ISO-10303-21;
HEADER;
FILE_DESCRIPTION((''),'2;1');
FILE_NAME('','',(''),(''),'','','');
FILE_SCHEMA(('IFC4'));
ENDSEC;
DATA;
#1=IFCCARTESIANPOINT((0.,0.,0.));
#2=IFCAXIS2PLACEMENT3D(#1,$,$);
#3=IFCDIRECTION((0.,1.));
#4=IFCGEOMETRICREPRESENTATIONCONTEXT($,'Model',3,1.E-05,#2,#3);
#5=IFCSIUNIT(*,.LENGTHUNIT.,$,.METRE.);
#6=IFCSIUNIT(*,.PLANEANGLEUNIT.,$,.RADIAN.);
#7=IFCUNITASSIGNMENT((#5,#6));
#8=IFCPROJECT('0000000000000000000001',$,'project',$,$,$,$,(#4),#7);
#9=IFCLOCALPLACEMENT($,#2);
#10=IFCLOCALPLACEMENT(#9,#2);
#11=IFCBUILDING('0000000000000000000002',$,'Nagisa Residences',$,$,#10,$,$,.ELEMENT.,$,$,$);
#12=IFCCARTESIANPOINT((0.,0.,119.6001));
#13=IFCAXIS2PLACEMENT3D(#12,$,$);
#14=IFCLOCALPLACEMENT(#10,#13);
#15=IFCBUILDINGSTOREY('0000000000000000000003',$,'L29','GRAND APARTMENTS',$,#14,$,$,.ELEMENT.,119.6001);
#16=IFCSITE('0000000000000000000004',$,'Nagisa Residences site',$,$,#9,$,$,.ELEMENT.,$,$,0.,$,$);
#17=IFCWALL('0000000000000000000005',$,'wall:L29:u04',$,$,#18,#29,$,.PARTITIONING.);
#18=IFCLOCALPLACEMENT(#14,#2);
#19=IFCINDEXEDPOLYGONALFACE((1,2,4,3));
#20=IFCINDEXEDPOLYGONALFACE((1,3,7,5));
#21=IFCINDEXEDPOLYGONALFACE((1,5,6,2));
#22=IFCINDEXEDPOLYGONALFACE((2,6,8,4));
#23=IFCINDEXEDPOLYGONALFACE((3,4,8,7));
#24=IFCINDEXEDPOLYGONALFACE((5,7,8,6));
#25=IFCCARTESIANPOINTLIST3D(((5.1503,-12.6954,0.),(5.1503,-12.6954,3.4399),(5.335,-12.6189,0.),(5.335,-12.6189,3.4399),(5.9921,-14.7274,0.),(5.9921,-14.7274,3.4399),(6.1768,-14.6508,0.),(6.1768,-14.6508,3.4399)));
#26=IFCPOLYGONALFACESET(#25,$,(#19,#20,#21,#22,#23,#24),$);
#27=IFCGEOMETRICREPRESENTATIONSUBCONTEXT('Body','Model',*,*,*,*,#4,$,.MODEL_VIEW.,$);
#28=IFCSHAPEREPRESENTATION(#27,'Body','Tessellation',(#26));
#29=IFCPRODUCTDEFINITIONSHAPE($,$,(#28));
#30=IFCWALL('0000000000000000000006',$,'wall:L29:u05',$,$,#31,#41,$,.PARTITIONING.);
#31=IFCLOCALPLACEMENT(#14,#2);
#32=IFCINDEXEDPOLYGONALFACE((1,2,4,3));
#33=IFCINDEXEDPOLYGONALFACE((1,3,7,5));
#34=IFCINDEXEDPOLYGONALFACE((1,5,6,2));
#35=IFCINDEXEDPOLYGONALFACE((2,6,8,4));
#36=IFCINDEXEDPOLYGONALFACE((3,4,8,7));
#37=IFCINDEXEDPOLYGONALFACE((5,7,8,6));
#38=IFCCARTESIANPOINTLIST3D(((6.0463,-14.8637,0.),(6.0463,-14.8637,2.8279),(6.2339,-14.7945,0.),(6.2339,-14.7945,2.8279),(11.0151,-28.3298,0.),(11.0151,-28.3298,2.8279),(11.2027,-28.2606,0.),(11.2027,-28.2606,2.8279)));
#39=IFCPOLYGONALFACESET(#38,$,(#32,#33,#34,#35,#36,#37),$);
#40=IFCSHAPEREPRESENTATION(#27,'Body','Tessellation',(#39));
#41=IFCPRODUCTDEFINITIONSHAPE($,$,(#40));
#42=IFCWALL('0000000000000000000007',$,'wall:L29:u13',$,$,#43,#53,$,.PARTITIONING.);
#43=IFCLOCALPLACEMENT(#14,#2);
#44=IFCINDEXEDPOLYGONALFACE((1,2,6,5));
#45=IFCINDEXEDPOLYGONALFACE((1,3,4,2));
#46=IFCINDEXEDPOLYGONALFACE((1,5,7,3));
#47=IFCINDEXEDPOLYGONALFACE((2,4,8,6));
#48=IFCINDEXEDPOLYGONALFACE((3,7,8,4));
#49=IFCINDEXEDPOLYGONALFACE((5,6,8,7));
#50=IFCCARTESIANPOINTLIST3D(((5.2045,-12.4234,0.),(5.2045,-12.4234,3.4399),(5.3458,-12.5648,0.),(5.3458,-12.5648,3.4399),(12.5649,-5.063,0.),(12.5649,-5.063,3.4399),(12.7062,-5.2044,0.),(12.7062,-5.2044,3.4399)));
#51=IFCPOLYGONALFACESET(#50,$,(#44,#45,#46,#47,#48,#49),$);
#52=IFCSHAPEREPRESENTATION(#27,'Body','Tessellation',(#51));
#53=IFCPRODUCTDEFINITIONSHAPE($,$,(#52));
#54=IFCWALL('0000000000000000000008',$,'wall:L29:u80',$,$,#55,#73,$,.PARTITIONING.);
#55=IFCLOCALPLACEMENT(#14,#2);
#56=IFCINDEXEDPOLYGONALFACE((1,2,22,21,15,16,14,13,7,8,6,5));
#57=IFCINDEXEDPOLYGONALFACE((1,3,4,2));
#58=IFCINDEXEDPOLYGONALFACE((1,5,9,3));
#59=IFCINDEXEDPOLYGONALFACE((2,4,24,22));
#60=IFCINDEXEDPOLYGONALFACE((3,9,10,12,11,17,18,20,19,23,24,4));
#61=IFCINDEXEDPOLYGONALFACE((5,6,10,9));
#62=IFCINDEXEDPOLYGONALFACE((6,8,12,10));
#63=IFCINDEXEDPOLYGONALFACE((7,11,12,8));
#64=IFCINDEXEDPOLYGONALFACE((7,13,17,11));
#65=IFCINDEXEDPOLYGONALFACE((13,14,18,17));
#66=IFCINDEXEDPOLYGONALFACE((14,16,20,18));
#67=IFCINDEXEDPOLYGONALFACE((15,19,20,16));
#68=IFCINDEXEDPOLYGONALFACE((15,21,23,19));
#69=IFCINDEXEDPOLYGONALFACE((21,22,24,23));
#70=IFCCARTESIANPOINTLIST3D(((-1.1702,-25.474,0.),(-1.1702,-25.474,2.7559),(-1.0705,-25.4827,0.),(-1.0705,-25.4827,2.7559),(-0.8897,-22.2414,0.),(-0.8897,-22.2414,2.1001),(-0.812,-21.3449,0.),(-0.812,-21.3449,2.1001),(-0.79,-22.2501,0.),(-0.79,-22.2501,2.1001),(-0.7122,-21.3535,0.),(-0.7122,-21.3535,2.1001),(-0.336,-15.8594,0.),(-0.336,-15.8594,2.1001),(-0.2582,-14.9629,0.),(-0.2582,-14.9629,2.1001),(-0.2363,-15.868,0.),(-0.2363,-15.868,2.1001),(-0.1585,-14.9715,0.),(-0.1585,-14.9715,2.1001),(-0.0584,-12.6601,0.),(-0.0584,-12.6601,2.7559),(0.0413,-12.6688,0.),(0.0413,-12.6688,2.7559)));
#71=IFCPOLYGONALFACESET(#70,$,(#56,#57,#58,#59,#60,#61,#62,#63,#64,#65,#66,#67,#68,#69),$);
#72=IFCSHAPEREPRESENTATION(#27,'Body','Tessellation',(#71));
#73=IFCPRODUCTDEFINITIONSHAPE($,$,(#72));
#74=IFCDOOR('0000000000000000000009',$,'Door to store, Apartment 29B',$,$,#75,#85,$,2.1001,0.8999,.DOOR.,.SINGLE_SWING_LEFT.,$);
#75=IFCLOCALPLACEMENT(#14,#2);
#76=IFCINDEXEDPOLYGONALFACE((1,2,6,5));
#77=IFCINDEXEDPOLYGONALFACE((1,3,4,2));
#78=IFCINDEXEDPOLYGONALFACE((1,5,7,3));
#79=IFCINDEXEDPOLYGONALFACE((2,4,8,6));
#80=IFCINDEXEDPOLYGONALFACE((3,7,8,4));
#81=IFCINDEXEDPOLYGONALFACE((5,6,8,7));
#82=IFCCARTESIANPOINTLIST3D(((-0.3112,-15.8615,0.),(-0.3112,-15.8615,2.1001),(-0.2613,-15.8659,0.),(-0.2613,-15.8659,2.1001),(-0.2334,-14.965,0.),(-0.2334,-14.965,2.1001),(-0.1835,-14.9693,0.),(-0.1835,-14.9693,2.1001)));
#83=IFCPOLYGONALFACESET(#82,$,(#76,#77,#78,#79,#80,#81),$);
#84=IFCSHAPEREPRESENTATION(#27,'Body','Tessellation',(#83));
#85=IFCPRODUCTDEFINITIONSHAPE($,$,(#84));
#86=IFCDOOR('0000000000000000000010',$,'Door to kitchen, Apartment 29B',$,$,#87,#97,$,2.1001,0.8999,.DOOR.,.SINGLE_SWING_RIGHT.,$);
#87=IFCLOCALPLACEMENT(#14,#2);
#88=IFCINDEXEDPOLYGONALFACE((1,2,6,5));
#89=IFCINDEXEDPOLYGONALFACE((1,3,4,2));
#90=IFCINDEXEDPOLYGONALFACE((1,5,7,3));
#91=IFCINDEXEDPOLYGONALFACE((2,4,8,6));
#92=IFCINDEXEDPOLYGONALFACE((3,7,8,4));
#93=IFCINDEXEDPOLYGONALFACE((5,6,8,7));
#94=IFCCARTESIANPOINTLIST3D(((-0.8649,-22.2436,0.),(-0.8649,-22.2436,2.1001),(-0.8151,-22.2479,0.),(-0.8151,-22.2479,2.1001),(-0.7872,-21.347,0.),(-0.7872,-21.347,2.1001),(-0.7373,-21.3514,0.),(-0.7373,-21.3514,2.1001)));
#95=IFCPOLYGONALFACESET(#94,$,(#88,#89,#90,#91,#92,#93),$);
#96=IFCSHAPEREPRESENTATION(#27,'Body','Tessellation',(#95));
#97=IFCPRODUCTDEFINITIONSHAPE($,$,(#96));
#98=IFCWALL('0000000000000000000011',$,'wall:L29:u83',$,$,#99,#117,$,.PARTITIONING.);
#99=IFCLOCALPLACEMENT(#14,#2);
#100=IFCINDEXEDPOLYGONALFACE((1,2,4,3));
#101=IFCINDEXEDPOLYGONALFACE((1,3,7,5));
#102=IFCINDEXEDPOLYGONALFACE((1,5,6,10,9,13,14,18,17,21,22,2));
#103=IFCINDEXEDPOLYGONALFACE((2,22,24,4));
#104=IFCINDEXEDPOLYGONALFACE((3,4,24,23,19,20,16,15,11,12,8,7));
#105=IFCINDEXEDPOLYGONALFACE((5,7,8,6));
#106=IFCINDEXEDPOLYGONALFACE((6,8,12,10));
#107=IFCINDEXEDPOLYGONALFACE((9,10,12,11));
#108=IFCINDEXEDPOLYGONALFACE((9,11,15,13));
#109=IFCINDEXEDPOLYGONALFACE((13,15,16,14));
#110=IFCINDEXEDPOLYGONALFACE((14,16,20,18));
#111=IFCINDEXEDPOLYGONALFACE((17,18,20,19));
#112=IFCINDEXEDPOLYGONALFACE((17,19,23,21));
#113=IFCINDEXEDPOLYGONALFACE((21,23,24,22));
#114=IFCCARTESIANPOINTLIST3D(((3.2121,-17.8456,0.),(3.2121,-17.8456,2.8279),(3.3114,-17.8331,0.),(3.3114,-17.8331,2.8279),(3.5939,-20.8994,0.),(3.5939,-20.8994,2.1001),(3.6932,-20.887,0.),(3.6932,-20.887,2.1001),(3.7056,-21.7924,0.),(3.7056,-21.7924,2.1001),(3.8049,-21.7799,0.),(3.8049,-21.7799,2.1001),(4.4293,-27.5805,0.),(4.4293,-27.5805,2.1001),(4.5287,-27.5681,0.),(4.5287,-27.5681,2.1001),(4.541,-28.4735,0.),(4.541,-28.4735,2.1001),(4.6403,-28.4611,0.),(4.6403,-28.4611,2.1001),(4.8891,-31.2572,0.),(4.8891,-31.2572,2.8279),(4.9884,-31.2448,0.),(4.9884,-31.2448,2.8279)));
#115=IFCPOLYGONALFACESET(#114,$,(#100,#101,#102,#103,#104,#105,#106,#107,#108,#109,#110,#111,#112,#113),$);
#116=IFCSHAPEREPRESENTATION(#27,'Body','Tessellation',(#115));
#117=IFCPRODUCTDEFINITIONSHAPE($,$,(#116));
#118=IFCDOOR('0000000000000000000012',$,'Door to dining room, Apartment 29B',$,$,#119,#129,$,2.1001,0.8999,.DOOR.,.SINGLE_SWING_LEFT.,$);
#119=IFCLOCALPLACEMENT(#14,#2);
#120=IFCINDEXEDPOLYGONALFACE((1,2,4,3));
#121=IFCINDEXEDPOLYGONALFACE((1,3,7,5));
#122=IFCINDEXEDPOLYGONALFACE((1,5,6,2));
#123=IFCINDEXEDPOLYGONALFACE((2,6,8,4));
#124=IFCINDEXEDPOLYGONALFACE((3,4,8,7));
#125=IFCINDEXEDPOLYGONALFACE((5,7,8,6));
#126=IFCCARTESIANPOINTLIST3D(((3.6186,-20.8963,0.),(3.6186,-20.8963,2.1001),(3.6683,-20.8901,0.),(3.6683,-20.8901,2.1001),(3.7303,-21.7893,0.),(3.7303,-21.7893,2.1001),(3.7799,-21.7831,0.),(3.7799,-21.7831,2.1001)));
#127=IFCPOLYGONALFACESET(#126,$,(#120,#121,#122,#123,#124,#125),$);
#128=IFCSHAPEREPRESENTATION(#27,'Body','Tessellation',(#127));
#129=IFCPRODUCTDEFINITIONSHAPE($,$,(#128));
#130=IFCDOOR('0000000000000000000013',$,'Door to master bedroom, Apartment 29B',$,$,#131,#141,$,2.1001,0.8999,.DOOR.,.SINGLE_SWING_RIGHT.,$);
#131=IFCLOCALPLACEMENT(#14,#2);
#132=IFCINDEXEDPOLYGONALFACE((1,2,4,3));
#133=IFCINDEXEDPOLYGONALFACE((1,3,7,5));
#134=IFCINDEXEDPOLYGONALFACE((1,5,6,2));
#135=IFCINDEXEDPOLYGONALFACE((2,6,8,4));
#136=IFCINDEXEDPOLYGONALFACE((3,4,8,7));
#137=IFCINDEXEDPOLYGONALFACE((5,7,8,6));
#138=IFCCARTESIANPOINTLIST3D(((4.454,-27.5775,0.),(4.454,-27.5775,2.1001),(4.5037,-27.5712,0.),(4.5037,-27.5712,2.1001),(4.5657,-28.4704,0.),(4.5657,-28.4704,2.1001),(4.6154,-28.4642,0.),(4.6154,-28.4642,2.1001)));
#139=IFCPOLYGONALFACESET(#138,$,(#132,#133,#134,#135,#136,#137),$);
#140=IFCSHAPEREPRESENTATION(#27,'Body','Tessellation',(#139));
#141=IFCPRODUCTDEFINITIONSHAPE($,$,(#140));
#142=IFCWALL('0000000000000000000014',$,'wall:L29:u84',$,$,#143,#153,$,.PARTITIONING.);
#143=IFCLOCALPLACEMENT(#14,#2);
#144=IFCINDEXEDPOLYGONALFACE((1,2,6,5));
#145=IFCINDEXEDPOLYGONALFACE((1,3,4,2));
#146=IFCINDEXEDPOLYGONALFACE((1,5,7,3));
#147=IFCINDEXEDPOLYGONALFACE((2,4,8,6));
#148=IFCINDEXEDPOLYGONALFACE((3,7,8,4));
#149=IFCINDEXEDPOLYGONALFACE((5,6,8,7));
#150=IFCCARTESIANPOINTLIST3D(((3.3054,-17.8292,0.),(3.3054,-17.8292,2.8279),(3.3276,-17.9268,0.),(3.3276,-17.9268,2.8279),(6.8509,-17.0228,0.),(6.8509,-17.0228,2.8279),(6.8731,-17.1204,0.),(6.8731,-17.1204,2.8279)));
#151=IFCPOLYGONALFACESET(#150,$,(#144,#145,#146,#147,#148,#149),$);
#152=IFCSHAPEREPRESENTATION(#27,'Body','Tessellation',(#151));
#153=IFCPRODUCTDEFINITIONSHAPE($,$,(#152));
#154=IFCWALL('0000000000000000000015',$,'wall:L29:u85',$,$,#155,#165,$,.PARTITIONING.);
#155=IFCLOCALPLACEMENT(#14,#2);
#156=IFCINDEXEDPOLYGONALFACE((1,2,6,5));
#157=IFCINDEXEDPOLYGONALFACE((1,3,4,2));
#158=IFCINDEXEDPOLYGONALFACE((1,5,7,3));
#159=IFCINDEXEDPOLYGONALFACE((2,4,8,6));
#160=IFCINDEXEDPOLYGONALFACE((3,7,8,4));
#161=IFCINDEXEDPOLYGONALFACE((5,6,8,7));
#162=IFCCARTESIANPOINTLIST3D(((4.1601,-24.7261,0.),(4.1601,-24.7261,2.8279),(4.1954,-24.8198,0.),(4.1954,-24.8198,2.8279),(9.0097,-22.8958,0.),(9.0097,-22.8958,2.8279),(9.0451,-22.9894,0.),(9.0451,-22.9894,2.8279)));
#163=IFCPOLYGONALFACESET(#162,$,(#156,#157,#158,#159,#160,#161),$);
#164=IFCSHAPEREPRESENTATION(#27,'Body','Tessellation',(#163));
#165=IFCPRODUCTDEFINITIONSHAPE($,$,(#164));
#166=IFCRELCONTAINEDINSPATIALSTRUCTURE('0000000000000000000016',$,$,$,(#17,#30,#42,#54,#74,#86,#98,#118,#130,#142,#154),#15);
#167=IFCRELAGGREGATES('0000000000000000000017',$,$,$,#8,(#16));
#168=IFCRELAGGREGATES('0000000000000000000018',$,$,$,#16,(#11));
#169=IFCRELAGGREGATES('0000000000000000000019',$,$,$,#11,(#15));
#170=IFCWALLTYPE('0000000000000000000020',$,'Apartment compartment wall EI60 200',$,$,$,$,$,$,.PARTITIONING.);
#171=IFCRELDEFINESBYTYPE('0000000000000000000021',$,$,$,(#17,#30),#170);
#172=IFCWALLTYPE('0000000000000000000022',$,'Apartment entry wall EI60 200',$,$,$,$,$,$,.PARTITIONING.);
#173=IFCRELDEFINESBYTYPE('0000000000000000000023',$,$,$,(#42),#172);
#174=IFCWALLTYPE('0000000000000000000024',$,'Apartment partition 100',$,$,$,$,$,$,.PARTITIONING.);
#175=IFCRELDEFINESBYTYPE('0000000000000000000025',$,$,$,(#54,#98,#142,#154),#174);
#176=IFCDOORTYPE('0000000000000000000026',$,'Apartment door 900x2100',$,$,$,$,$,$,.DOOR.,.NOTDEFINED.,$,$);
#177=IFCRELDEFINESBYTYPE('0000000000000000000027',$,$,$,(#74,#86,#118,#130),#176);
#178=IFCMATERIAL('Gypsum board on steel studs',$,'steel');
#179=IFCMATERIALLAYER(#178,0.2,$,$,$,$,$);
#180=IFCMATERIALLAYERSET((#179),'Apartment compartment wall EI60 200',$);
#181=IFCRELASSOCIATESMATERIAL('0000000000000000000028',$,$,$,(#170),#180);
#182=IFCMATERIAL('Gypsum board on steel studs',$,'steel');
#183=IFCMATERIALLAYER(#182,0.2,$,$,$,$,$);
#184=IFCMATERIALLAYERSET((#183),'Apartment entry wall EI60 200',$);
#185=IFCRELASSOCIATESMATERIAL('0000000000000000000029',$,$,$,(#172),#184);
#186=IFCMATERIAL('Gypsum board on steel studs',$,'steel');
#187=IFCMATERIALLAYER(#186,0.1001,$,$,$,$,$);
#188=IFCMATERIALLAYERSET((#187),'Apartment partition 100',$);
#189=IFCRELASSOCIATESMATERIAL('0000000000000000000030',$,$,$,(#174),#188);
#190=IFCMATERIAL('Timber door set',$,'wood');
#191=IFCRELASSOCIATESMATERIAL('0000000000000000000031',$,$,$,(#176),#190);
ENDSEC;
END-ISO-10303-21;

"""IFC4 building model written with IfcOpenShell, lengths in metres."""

from ifc_helpers import new_model, si_unit, direction, frame, frame_2d, origin, place, context, subcontext, project, spatial, rectangle, extrude, material, layer, layer_set, type_object, element, fill, save


model = new_model("IFC4")

# Units and contexts
model_context = context("Model", 3, precision=1e-05, world=origin(), true_north=direction((0.0, 1.0)))
body_context = subcontext(model_context, "Body", "Model", "MODEL_VIEW")
ifc_project = project(units=[si_unit("LENGTHUNIT", "METRE"), si_unit("PLANEANGLEUNIT", "RADIAN")], contexts=[model_context])

# Site, building, storey
site_placement = place(None, origin())
site = spatial("IfcSite", under=ifc_project, at=site_placement, Name="Nagisa Residences site", CompositionType="ELEMENT", RefElevation=0.0)
building_placement = place(site_placement, origin())
building = spatial("IfcBuilding", under=site, at=building_placement, Name="Nagisa Residences", CompositionType="ELEMENT")
storey_placement = place(building_placement, frame((0.0, 0.0, 119.6001)))
storey = spatial("IfcBuildingStorey", under=building, at=storey_placement, Name="L29", Description="GRAND APARTMENTS", CompositionType="ELEMENT", Elevation=119.6001)

# Walls
ifc_material_1 = material(Name="Gypsum board on steel studs", Category="steel")
ifc_layer_1 = layer(ifc_material_1, 0.2)
ifc_layer_set_1 = layer_set([ifc_layer_1], Name="Apartment compartment wall EI60 200")
wall_type_1 = type_object("IfcWallType", Name="Apartment compartment wall EI60 200", PredefinedType="PARTITIONING", material=ifc_layer_set_1)
wall_1_placement = place(storey_placement, frame((5.2427, -12.6572, 0.0), z_axis=(0.0, 0.0, 1.0), x_axis=(0.382731, -0.92386, 0.0)))
element("IfcWall", 1, at=wall_1_placement, inside=storey, type_object=wall_type_1, Name="wall:L29:u04", PredefinedType="PARTITIONING", context=body_context, shape_type="SweptSolid", body=[
    extrude(rectangle(XDim=2.1995, YDim=0.2, at=frame_2d((1.0996, 0.0))), origin(), (0.0, 0.0, 1.0), 3.4399),
])
wall_2_placement = place(storey_placement, frame((6.1401, -14.8291, 0.0), z_axis=(0.0, 0.0, 1.0), x_axis=(0.34617, -0.938172, 0.0)))
element("IfcWall", 2, at=wall_2_placement, inside=storey, type_object=wall_type_1, Name="wall:L29:u05", PredefinedType="PARTITIONING", context=body_context, shape_type="SweptSolid", body=[
    extrude(rectangle(XDim=14.3535, YDim=0.2, at=frame_2d((7.1768, 0.0))), origin(), (0.0, 0.0, 1.0), 2.8279),
])
ifc_material_2 = material(Name="Gypsum board on steel studs", Category="steel")
ifc_layer_2 = layer(ifc_material_2, 0.2)
ifc_layer_set_2 = layer_set([ifc_layer_2], Name="Apartment entry wall EI60 200")
wall_type_2 = type_object("IfcWallType", Name="Apartment entry wall EI60 200", PredefinedType="PARTITIONING", material=ifc_layer_set_2)
wall_3_placement = place(storey_placement, frame((5.2751, -12.4941, 0.0), z_axis=(0.0, 0.0, 1.0), x_axis=(0.707107, 0.707107, 0.0)))
element("IfcWall", 3, at=wall_3_placement, inside=storey, type_object=wall_type_2, Name="wall:L29:u13", PredefinedType="PARTITIONING", context=body_context, shape_type="SweptSolid", body=[
    extrude(rectangle(XDim=10.4092, YDim=0.2, at=frame_2d((5.2046, 0.0))), origin(), (0.0, 0.0, 1.0), 3.4399),
])

# Walls, openings, doors
ifc_material_3 = material(Name="Gypsum board on steel studs", Category="steel")
ifc_layer_3 = layer(ifc_material_3, 0.1001)
ifc_layer_set_3 = layer_set([ifc_layer_3], Name="Apartment partition 100")
wall_type_3 = type_object("IfcWallType", Name="Apartment partition 100", PredefinedType="PARTITIONING", material=ifc_layer_set_3)
wall_4_placement = place(storey_placement, frame((-0.0085, -12.6643, 0.0), z_axis=(0.0, 0.0, 1.0), x_axis=(-0.086441, -0.996257, 0.0)))
wall_4 = element("IfcWall", 4, at=wall_4_placement, inside=storey, type_object=wall_type_3, Name="wall:L29:u80", PredefinedType="PARTITIONING", context=body_context, shape_type="SweptSolid", body=[
    extrude(rectangle(XDim=12.8621, YDim=0.1001, at=frame_2d((6.4312, 0.0))), origin(), (0.0, 0.0, 1.0), 2.7559),
])
opening_1_placement = place(wall_4_placement, frame((2.3115, 0.0, 0.0)))
opening_1 = element("IfcOpeningElement", 5, at=opening_1_placement, cuts=wall_4, PredefinedType="OPENING", context=body_context, shape_type="SweptSolid", body=[
    extrude(rectangle(XDim=0.8999, YDim=2.1001, at=frame_2d((0.45, 1.05))), frame((0.0, 0.0601, 0.0), z_axis=(0.0, -1.0, 0.0), x_axis=(1.0, 0.0, 0.0)), (0.0, 0.0, 1.0), 0.1201),
])
opening_2_placement = place(wall_4_placement, frame((8.7175, 0.0, 0.0)))
opening_2 = element("IfcOpeningElement", 6, at=opening_2_placement, cuts=wall_4, PredefinedType="OPENING", context=body_context, shape_type="SweptSolid", body=[
    extrude(rectangle(XDim=0.8999, YDim=2.1001, at=frame_2d((0.45, 1.05))), frame((0.0, 0.0601, 0.0), z_axis=(0.0, -1.0, 0.0), x_axis=(1.0, 0.0, 0.0)), (0.0, 0.0, 1.0), 0.1201),
])
ifc_material_4 = material(Name="Timber door set", Category="wood")
door_type_1 = type_object("IfcDoorType", Name="Apartment door 900x2100", OperationType="NOTDEFINED", PredefinedType="DOOR", material=ifc_material_4)
door_1_placement = place(opening_1_placement, origin())
door_1 = element("IfcDoor", 7, at=door_1_placement, inside=storey, type_object=door_type_1, Name="Door to store, Apartment 29B", OperationType="SINGLE_SWING_LEFT", OverallHeight=2.1001, OverallWidth=0.8999, PredefinedType="DOOR", context=body_context, shape_type="SweptSolid", body=[
    extrude(rectangle(XDim=0.8999, YDim=2.1001, at=frame_2d((0.45, 1.05))), frame((0.0, 0.0249, 0.0), z_axis=(0.0, -1.0, 0.0), x_axis=(1.0, 0.0, 0.0)), (0.0, 0.0, 1.0), 0.05),
])
fill(opening_1, door_1)
door_2_placement = place(opening_2_placement, origin())
door_2 = element("IfcDoor", 8, at=door_2_placement, inside=storey, type_object=door_type_1, Name="Door to kitchen, Apartment 29B", OperationType="SINGLE_SWING_RIGHT", OverallHeight=2.1001, OverallWidth=0.8999, PredefinedType="DOOR", context=body_context, shape_type="SweptSolid", body=[
    extrude(rectangle(XDim=0.8999, YDim=2.1001, at=frame_2d((0.45, 1.05))), frame((0.0, 0.0249, 0.0), z_axis=(0.0, -1.0, 0.0), x_axis=(1.0, 0.0, 0.0)), (0.0, 0.0, 1.0), 0.05),
])
fill(opening_2, door_2)
wall_5_placement = place(storey_placement, frame((3.2617, -17.8394, 0.0), z_axis=(0.0, 0.0, 1.0), x_axis=(0.124075, -0.992273, 0.0)))
wall_5 = element("IfcWall", 9, at=wall_5_placement, inside=storey, type_object=wall_type_3, Name="wall:L29:u83", PredefinedType="PARTITIONING", context=body_context, shape_type="SweptSolid", body=[
    extrude(rectangle(XDim=13.5161, YDim=0.1001, at=frame_2d((6.7581, 0.0))), origin(), (0.0, 0.0, 1.0), 2.8279),
])
opening_3_placement = place(wall_5_placement, frame((3.0776, 0.0, 0.0)))
opening_3 = element("IfcOpeningElement", 10, at=opening_3_placement, cuts=wall_5, PredefinedType="OPENING", context=body_context, shape_type="SweptSolid", body=[
    extrude(rectangle(XDim=0.8999, YDim=2.1001, at=frame_2d((0.45, 1.05))), frame((0.0, 0.0601, 0.0), z_axis=(0.0, -1.0, 0.0), x_axis=(1.0, 0.0, 0.0)), (0.0, 0.0, 1.0), 0.1201),
])
opening_4_placement = place(wall_5_placement, frame((9.8108, 0.0, 0.0)))
opening_4 = element("IfcOpeningElement", 11, at=opening_4_placement, cuts=wall_5, PredefinedType="OPENING", context=body_context, shape_type="SweptSolid", body=[
    extrude(rectangle(XDim=0.8999, YDim=2.1001, at=frame_2d((0.45, 1.05))), frame((0.0, 0.0601, 0.0), z_axis=(0.0, -1.0, 0.0), x_axis=(1.0, 0.0, 0.0)), (0.0, 0.0, 1.0), 0.1201),
])
door_3_placement = place(opening_3_placement, origin())
door_3 = element("IfcDoor", 12, at=door_3_placement, inside=storey, type_object=door_type_1, Name="Door to dining room, Apartment 29B", OperationType="SINGLE_SWING_LEFT", OverallHeight=2.1001, OverallWidth=0.8999, PredefinedType="DOOR", context=body_context, shape_type="SweptSolid", body=[
    extrude(rectangle(XDim=0.8999, YDim=2.1001, at=frame_2d((0.45, 1.05))), frame((0.0, 0.0249, 0.0), z_axis=(0.0, -1.0, 0.0), x_axis=(1.0, 0.0, 0.0)), (0.0, 0.0, 1.0), 0.05),
])
fill(opening_3, door_3)
door_4_placement = place(opening_4_placement, origin())
door_4 = element("IfcDoor", 13, at=door_4_placement, inside=storey, type_object=door_type_1, Name="Door to master bedroom, Apartment 29B", OperationType="SINGLE_SWING_RIGHT", OverallHeight=2.1001, OverallWidth=0.8999, PredefinedType="DOOR", context=body_context, shape_type="SweptSolid", body=[
    extrude(rectangle(XDim=0.8999, YDim=2.1001, at=frame_2d((0.45, 1.05))), frame((0.0, 0.0249, 0.0), z_axis=(0.0, -1.0, 0.0), x_axis=(1.0, 0.0, 0.0)), (0.0, 0.0, 1.0), 0.05),
])
fill(opening_4, door_4)

# Walls
wall_6_placement = place(storey_placement, frame((3.3167, -17.8779, 0.0), z_axis=(0.0, 0.0, 1.0), x_axis=(0.975096, 0.221784, 0.0)))
element("IfcWall", 14, at=wall_6_placement, inside=storey, type_object=wall_type_3, Name="wall:L29:u84", PredefinedType="PARTITIONING", context=body_context, shape_type="SweptSolid", body=[
    extrude(rectangle(XDim=3.636, YDim=0.1001, at=frame_2d((1.8179, 0.0))), origin(), (0.0, 0.0, 1.0), 2.8279),
])
wall_7_placement = place(storey_placement, frame((4.1777, -24.7729, 0.0), z_axis=(0.0, 0.0, 1.0), x_axis=(0.935584, 0.353105, 0.0)))
element("IfcWall", 15, at=wall_7_placement, inside=storey, type_object=wall_type_3, Name="wall:L29:u85", PredefinedType="PARTITIONING", context=body_context, shape_type="SweptSolid", body=[
    extrude(rectangle(XDim=5.1836, YDim=0.1001, at=frame_2d((2.5918, 0.0))), origin(), (0.0, 0.0, 1.0), 2.8279),
])

save(model, "model.ifc")
